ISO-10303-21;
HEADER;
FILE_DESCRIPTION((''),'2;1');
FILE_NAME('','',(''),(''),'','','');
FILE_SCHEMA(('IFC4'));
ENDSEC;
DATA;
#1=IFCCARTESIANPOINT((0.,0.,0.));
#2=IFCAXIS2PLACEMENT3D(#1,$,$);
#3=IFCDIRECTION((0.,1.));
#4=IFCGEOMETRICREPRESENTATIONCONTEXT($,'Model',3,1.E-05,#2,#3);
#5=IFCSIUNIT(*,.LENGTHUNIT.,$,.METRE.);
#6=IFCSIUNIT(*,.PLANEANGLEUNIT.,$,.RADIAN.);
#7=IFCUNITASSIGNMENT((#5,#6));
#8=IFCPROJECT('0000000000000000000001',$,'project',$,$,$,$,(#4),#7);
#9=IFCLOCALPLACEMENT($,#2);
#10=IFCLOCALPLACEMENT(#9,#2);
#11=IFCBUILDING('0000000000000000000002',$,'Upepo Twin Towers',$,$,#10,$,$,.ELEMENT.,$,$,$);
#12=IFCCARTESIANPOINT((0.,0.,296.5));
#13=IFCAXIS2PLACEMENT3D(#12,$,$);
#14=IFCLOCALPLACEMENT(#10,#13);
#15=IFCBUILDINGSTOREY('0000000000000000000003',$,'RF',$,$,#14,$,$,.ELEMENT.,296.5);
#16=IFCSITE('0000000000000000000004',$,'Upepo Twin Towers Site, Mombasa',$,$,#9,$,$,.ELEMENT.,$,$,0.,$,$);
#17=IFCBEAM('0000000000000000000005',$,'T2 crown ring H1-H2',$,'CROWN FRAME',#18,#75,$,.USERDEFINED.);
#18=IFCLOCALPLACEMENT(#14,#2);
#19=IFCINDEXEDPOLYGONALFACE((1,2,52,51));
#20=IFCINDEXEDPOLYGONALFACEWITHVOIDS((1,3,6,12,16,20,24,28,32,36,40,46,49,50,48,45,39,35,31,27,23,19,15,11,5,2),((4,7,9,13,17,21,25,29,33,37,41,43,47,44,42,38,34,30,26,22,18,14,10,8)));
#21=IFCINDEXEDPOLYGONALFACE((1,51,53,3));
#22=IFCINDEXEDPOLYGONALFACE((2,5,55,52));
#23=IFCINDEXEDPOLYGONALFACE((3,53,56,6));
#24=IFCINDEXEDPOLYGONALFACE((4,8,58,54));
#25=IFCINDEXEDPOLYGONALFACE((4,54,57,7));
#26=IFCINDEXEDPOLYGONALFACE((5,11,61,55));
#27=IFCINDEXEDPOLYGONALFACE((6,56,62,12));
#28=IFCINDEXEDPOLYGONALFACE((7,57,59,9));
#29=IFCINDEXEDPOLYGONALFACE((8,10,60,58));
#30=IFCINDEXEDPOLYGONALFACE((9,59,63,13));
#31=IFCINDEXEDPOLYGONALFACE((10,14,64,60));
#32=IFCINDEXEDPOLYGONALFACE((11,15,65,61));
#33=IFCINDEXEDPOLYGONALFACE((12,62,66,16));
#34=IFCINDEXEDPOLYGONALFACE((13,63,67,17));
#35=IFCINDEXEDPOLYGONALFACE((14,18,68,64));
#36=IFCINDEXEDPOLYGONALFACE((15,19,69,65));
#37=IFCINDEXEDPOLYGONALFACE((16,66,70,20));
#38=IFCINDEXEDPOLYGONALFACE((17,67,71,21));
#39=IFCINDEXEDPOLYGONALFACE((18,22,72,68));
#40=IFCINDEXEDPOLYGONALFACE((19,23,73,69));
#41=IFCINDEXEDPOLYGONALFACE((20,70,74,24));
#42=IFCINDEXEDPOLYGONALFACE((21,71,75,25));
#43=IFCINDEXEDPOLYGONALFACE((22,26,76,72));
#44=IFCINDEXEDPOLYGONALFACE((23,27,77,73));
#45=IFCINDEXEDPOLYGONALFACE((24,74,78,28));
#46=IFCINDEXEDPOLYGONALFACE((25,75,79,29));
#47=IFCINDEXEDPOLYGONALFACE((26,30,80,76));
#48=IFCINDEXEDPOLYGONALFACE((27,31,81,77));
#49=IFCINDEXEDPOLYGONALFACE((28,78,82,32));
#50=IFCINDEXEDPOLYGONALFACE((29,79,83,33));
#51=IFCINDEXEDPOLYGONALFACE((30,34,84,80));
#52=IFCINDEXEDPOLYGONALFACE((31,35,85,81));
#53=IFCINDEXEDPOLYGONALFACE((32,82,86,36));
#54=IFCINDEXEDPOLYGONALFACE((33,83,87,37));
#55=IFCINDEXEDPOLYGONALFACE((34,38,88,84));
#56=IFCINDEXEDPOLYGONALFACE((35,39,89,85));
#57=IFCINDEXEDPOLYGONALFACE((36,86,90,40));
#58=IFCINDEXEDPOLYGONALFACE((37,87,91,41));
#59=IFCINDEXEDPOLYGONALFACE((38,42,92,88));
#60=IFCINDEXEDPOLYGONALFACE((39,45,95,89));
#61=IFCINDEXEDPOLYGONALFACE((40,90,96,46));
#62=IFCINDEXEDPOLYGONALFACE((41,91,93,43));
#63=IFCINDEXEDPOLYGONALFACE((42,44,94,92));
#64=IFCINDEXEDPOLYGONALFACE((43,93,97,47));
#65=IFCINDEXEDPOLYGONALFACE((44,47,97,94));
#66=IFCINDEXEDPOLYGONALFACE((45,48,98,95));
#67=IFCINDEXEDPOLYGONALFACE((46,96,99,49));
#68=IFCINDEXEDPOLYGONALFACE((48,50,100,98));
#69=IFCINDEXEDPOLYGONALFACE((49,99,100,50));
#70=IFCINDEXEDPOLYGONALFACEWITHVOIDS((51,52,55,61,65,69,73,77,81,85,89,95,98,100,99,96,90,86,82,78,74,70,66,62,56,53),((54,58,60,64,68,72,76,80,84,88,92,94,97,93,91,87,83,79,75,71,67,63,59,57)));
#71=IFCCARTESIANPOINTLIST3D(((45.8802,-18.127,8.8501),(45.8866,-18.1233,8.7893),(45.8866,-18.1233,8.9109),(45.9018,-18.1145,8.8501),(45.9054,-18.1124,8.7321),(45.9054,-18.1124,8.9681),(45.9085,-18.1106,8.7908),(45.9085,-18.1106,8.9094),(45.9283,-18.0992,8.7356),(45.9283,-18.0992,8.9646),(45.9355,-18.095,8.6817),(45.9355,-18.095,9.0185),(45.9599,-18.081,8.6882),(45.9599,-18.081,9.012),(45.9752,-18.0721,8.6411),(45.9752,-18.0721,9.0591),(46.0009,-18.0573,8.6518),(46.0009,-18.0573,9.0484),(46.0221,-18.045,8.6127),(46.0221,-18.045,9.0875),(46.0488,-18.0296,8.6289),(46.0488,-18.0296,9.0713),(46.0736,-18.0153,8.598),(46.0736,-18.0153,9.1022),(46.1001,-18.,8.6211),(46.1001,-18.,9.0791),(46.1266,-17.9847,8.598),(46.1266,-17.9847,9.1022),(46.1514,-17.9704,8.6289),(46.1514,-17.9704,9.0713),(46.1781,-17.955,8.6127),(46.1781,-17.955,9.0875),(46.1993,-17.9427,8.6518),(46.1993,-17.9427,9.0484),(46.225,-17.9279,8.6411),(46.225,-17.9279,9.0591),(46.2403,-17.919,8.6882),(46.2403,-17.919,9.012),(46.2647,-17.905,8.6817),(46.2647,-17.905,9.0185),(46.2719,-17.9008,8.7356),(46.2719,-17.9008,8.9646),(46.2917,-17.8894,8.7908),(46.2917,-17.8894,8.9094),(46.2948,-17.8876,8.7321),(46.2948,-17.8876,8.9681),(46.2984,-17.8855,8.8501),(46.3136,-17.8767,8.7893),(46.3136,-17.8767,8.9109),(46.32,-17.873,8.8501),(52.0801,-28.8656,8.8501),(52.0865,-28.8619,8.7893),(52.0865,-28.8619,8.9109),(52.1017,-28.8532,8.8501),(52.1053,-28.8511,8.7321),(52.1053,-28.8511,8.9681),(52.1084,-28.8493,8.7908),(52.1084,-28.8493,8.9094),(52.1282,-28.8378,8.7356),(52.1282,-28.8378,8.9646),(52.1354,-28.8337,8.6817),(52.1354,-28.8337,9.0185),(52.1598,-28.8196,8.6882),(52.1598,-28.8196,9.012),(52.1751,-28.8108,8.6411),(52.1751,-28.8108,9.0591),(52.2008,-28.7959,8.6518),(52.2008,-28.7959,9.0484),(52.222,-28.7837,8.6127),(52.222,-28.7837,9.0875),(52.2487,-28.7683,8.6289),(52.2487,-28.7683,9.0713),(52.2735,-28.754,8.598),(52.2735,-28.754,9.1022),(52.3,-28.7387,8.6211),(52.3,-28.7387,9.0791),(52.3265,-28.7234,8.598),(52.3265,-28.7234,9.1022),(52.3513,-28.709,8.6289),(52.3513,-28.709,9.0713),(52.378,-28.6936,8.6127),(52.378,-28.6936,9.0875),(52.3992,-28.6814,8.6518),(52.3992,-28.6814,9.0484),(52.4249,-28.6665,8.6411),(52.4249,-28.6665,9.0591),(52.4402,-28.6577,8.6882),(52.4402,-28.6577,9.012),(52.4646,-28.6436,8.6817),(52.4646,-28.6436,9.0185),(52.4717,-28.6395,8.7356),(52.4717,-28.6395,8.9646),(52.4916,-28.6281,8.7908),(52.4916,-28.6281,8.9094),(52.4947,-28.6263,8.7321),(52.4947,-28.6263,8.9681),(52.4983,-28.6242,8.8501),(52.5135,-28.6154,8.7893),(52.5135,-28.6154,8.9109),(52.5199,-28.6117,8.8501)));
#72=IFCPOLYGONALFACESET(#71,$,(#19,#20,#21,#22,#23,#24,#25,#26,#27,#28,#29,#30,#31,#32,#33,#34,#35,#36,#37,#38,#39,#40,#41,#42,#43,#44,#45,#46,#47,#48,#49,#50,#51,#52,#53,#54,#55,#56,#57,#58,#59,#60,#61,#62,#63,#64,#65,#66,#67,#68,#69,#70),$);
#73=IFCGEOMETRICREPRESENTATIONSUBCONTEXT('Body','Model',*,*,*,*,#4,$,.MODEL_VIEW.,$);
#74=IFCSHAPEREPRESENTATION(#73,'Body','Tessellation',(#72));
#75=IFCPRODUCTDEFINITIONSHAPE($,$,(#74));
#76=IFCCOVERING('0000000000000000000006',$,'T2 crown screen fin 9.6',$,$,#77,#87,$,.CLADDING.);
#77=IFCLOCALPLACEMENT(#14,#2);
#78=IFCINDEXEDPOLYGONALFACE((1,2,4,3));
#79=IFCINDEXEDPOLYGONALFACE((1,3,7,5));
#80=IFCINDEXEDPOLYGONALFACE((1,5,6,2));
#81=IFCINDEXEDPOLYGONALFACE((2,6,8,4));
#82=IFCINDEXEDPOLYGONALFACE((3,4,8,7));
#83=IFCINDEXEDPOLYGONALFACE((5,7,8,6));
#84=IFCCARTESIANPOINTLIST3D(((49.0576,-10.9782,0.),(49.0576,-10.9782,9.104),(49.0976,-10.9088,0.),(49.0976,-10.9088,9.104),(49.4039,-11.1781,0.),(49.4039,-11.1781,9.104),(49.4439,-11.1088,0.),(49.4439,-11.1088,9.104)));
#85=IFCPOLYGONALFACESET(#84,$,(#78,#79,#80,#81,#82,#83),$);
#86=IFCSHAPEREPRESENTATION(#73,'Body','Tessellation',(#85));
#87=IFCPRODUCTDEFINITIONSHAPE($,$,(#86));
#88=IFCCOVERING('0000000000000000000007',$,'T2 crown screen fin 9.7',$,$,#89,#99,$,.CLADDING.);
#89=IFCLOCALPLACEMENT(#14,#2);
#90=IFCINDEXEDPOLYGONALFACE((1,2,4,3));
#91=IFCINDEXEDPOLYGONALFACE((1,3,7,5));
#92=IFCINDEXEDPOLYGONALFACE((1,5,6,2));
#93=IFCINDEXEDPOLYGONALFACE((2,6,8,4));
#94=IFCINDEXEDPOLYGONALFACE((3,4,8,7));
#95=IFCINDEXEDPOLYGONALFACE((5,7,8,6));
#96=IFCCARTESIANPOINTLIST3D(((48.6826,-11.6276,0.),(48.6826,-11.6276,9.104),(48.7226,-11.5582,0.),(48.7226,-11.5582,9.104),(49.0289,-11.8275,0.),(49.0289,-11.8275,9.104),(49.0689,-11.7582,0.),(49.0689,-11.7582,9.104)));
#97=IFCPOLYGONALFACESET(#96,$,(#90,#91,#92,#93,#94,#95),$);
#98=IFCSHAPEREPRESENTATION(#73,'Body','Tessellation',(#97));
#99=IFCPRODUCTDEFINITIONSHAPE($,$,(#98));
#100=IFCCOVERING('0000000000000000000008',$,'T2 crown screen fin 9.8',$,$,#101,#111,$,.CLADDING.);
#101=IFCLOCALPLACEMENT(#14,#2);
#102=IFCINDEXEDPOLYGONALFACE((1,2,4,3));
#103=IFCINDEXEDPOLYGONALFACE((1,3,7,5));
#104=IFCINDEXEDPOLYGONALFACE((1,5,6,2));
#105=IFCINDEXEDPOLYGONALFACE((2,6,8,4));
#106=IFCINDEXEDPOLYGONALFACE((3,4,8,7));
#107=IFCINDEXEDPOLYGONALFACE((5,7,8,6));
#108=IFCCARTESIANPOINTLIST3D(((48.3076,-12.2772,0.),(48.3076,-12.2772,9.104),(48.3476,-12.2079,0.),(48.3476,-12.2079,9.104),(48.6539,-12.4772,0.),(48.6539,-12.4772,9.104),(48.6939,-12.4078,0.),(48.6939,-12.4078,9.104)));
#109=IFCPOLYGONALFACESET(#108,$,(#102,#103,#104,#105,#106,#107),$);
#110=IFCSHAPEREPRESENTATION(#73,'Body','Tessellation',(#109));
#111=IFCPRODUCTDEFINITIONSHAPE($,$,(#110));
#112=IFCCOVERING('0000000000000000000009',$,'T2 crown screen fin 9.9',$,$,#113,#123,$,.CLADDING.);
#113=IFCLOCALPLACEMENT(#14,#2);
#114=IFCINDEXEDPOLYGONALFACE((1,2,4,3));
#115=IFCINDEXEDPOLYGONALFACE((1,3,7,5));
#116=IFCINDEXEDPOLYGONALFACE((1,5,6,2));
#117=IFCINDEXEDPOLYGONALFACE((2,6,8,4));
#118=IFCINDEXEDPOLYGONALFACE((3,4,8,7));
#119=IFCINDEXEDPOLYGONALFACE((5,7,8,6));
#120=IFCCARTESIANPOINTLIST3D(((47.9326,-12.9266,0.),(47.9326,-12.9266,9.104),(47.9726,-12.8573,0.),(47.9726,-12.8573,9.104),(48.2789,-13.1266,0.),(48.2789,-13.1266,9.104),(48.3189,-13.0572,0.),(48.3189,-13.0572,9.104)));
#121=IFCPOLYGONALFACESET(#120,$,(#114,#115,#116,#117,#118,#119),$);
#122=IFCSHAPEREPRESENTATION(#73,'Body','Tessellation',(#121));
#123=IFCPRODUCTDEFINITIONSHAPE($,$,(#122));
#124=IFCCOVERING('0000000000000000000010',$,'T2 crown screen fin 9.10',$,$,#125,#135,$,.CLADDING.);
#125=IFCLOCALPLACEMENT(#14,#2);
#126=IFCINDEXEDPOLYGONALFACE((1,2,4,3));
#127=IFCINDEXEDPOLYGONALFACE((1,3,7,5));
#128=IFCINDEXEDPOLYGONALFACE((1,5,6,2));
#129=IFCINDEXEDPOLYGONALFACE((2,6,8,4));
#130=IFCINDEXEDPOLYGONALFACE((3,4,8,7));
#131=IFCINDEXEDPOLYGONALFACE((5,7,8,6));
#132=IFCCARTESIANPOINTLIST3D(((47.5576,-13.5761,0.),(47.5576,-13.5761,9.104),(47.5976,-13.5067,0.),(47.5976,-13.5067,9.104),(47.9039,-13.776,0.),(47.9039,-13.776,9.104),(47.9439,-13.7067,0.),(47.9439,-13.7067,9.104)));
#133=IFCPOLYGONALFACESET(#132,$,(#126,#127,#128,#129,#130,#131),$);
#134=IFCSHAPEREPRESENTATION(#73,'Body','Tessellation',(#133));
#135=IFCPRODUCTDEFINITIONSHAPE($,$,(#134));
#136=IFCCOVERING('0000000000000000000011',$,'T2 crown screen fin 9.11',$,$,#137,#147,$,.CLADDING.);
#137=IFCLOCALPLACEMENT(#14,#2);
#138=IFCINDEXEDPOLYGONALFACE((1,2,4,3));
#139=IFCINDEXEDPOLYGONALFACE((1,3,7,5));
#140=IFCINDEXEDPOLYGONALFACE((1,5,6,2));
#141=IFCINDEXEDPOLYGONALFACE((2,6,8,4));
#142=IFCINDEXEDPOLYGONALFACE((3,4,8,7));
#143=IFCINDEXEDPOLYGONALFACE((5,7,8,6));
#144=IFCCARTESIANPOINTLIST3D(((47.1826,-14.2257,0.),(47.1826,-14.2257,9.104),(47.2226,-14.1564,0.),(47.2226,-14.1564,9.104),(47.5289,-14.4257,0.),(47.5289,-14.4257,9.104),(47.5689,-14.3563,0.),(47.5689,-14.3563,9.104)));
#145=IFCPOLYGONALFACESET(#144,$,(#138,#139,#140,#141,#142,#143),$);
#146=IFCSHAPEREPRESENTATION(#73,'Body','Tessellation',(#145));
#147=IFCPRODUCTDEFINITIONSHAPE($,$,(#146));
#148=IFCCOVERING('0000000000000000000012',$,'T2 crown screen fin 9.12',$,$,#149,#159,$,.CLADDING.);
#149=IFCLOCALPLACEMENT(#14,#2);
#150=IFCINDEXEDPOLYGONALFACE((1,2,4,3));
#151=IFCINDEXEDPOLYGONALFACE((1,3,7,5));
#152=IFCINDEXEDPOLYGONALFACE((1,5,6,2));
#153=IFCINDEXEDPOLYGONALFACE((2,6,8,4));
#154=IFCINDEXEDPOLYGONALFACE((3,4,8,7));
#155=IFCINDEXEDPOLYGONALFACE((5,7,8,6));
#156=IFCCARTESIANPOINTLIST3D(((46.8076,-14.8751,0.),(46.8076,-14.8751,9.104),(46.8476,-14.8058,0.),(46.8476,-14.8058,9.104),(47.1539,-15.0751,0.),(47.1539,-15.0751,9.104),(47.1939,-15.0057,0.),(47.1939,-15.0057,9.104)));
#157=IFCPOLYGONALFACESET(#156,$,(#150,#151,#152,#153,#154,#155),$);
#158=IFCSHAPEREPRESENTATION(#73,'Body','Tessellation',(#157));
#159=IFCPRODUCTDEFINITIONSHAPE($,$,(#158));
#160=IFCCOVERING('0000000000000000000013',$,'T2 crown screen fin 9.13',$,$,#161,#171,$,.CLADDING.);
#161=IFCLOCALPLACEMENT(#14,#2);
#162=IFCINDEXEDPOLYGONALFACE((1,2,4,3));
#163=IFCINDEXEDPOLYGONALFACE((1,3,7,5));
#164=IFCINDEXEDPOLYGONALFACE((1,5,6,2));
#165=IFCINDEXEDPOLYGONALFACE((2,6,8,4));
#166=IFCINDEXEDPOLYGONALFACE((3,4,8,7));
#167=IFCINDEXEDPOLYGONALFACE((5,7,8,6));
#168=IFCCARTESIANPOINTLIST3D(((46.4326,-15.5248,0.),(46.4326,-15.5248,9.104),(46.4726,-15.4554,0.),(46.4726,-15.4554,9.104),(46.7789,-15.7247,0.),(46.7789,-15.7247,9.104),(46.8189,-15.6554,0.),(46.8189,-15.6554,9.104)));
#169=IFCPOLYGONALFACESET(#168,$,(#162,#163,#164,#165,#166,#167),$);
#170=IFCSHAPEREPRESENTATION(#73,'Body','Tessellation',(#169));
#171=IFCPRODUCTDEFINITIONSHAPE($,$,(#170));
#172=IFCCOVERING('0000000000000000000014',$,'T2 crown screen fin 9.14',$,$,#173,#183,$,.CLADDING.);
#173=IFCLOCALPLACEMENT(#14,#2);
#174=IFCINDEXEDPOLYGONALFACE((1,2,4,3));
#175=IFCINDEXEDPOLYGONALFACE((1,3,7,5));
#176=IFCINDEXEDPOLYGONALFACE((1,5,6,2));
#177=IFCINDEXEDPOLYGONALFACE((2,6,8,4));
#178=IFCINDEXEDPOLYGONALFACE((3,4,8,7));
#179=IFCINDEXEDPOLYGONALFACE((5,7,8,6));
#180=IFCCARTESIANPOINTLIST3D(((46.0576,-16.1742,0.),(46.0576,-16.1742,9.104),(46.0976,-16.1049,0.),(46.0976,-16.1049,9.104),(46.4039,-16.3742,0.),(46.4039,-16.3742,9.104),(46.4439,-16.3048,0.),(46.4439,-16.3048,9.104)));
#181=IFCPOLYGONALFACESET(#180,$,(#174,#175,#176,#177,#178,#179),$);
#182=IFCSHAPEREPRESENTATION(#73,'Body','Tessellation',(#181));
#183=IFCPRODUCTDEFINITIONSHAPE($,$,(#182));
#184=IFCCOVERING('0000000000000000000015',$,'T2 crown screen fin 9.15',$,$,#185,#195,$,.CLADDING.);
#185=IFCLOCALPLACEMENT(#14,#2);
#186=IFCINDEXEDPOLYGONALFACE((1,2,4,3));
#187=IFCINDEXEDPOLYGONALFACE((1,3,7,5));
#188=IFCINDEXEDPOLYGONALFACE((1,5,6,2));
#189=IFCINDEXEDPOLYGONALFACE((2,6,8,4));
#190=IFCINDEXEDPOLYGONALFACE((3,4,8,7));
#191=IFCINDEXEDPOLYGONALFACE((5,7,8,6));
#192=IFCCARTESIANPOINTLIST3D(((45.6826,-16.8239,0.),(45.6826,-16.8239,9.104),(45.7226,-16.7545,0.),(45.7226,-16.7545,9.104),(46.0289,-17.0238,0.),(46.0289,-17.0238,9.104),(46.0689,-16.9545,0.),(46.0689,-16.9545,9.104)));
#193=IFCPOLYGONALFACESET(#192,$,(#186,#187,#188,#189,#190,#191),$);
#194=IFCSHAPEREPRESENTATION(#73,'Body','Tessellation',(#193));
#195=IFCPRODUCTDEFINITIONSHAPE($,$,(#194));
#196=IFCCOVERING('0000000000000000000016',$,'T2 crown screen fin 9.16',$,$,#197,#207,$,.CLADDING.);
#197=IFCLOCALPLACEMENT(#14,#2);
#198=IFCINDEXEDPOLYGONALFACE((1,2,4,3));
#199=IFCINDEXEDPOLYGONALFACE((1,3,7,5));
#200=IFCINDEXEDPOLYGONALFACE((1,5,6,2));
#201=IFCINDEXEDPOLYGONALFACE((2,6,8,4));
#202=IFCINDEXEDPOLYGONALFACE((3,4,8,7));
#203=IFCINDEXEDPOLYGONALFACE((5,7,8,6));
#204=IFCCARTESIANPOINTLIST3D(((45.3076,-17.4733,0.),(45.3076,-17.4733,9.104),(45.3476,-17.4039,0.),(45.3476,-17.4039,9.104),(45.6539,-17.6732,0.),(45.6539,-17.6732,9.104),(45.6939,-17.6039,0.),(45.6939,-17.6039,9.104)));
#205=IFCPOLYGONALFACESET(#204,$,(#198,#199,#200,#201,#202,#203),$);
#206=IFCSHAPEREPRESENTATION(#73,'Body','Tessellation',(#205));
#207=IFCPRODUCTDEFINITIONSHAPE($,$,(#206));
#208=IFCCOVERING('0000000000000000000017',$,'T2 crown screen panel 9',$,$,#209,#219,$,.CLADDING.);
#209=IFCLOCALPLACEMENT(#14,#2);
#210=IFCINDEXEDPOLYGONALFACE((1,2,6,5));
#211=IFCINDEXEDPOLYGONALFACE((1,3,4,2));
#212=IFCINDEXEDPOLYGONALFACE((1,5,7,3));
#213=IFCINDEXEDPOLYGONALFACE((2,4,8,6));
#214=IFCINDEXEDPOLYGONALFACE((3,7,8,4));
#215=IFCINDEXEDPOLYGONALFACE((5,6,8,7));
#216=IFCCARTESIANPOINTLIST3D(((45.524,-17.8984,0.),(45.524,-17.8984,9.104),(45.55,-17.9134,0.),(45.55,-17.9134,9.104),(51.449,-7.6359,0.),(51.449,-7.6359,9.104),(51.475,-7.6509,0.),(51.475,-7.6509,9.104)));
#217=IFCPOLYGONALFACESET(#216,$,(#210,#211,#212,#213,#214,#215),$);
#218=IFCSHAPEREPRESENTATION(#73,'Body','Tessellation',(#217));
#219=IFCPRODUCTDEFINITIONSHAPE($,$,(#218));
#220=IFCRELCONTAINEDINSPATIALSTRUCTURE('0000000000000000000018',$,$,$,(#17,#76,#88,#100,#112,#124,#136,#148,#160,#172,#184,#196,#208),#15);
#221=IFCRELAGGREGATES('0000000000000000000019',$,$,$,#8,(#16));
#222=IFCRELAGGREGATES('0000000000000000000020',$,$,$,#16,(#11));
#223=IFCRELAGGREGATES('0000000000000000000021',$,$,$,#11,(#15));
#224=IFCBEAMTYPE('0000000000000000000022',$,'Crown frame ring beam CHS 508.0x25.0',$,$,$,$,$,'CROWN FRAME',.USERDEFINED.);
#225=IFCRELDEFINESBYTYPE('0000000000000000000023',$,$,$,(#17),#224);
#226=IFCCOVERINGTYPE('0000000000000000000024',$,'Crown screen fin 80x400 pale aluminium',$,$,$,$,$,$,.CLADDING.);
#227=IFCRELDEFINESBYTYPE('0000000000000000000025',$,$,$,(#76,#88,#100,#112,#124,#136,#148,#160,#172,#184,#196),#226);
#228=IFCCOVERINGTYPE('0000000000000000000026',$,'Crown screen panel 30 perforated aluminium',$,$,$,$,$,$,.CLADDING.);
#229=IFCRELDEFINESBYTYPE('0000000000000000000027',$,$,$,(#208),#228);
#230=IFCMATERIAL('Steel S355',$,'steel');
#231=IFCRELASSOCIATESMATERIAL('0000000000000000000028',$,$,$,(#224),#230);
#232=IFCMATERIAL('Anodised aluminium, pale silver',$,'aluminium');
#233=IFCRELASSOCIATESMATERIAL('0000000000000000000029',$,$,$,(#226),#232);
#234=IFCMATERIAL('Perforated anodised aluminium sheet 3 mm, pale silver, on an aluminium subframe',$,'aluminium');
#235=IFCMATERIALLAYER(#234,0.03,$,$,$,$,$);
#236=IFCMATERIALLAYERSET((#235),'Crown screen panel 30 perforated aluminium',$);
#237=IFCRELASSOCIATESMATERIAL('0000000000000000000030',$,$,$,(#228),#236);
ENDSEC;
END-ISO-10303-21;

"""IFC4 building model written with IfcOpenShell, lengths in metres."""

from ifc_helpers import new_model, si_unit, direction, frame, origin, origin_2d, place, context, subcontext, project, spatial, rectangle, hollow_circle, extrude, material, layer, layer_set, material_profile, profile_set, type_object, element, save


model = new_model("IFC4")

# Units and contexts
model_context = context("Model", 3, precision=1e-05, world=origin(), true_north=direction((0.0, 1.0)))
body_context = subcontext(model_context, "Body", "Model", "MODEL_VIEW")
ifc_project = project(units=[si_unit("LENGTHUNIT", "METRE"), si_unit("PLANEANGLEUNIT", "RADIAN")], contexts=[model_context])

# Site, building, storey
site_placement = place(None, origin())
site = spatial("IfcSite", under=ifc_project, at=site_placement, Name="Upepo Twin Towers Site, Mombasa", CompositionType="ELEMENT", RefElevation=0.0)
building_placement = place(site_placement, origin())
building = spatial("IfcBuilding", under=site, at=building_placement, Name="Upepo Twin Towers", CompositionType="ELEMENT")
storey_placement = place(building_placement, frame((0.0, 0.0, 296.5)))
storey = spatial("IfcBuildingStorey", under=building, at=storey_placement, Name="RF", CompositionType="ELEMENT", Elevation=296.5)

# Beam
ifc_material_1 = material(Name="Steel S355", Category="steel")
ifc_material_profile_1 = material_profile(ifc_material_1, hollow_circle(Radius=0.2539, WallThickness=0.0249, at=origin_2d()), Name="CHS 508.0x25.0")
ifc_profile_set_1 = profile_set([ifc_material_profile_1], Name="Steel S355")
beam_type = type_object("IfcBeamType", Name="Crown frame ring beam CHS 508.0x25.0", ElementType="CROWN FRAME", PredefinedType="USERDEFINED", material=ifc_profile_set_1)
beam_placement = place(storey_placement, frame((46.1001, -18.0, 8.8501), z_axis=(0.499995, -0.866028, 0.0), x_axis=(0.866028, 0.499995, 0.0)))
element("IfcBeam", 1, at=beam_placement, inside=storey, type_object=beam_type, Name="T2 crown ring H1-H2", ObjectType="CROWN FRAME", PredefinedType="USERDEFINED", context=body_context, shape_type="SweptSolid", body=[
    extrude(hollow_circle(Radius=0.2539, WallThickness=0.0249, at=origin_2d()), origin(), (0.0, 0.0, 1.0), 12.3999),
])

# Coverings
ifc_material_2 = material(Name="Anodised aluminium, pale silver", Category="aluminium")
covering_type_1 = type_object("IfcCoveringType", Name="Crown screen fin 80x400 pale aluminium", PredefinedType="CLADDING", material=ifc_material_2)
for number, where, z_axis, x_axis, name in (
    (2, (49.2507, -11.0435, 0.0), (0.0, 0.0, 1.0), (-0.5, -0.866025, 0.0), "T2 crown screen fin 9.6"),
    (3, (48.8757, -11.6929, 0.0), (0.0, 0.0, 1.0), (-0.5, -0.866025, 0.0), "T2 crown screen fin 9.7"),
    (4, (48.5007, -12.3425, 0.0), (0.0, 0.0, 1.0), (-0.5, -0.866025, 0.0), "T2 crown screen fin 9.8"),
    (5, (48.1257, -12.9919, 0.0), (0.0, 0.0, 1.0), (-0.5, -0.866025, 0.0), "T2 crown screen fin 9.9"),
    (6, (47.7507, -13.6414, 0.0), (0.0, 0.0, 1.0), (-0.5, -0.866025, 0.0), "T2 crown screen fin 9.10"),
    (7, (47.3757, -14.291, 0.0), (0.0, 0.0, 1.0), (-0.5, -0.866025, 0.0), "T2 crown screen fin 9.11"),
    (8, (47.0007, -14.9404, 0.0), (0.0, 0.0, 1.0), (-0.5, -0.866025, 0.0), "T2 crown screen fin 9.12"),
    (9, (46.6257, -15.5901, 0.0), (0.0, 0.0, 1.0), (-0.5, -0.866025, 0.0), "T2 crown screen fin 9.13"),
    (10, (46.2507, -16.2395, 0.0), (0.0, 0.0, 1.0), (-0.5, -0.866025, 0.0), "T2 crown screen fin 9.14"),
    (11, (45.8757, -16.8892, 0.0), (0.0, 0.0, 1.0), (-0.5, -0.866025, 0.0), "T2 crown screen fin 9.15"),
    (12, (45.5007, -17.5386, 0.0), (0.0, 0.0, 1.0), (-0.5, -0.866025, 0.0), "T2 crown screen fin 9.16"),
):
    element("IfcCovering", number, at=place(storey_placement, frame(where, z_axis=z_axis, x_axis=x_axis)), inside=storey, type_object=covering_type_1, Name=name, PredefinedType="CLADDING", context=body_context, shape_type="SweptSolid", body=[
        extrude(rectangle(XDim=0.0801, YDim=0.3999, at=origin_2d()), origin(), (0.0, 0.0, 1.0), 9.104),
    ])
ifc_material_3 = material(Name="Perforated anodised aluminium sheet 3 mm, pale silver, on an aluminium subframe", Category="aluminium")
ifc_layer = layer(ifc_material_3, 0.03)
ifc_layer_set = layer_set([ifc_layer], Name="Crown screen panel 30 perforated aluminium")
covering_type_2 = type_object("IfcCoveringType", Name="Crown screen panel 30 perforated aluminium", PredefinedType="CLADDING", material=ifc_layer_set)
covering_placement = place(storey_placement, frame((48.4995, -12.7747, 0.0), z_axis=(0.0, 0.0, 1.0), x_axis=(-0.5, -0.866025, 0.0)))
element("IfcCovering", 13, at=covering_placement, inside=storey, type_object=covering_type_2, Name="T2 crown screen panel 9", PredefinedType="CLADDING", context=body_context, shape_type="SweptSolid", body=[
    extrude(rectangle(XDim=11.8501, YDim=0.03, at=origin_2d()), origin(), (0.0, 0.0, 1.0), 9.104),
])

save(model, "model.ifc")
